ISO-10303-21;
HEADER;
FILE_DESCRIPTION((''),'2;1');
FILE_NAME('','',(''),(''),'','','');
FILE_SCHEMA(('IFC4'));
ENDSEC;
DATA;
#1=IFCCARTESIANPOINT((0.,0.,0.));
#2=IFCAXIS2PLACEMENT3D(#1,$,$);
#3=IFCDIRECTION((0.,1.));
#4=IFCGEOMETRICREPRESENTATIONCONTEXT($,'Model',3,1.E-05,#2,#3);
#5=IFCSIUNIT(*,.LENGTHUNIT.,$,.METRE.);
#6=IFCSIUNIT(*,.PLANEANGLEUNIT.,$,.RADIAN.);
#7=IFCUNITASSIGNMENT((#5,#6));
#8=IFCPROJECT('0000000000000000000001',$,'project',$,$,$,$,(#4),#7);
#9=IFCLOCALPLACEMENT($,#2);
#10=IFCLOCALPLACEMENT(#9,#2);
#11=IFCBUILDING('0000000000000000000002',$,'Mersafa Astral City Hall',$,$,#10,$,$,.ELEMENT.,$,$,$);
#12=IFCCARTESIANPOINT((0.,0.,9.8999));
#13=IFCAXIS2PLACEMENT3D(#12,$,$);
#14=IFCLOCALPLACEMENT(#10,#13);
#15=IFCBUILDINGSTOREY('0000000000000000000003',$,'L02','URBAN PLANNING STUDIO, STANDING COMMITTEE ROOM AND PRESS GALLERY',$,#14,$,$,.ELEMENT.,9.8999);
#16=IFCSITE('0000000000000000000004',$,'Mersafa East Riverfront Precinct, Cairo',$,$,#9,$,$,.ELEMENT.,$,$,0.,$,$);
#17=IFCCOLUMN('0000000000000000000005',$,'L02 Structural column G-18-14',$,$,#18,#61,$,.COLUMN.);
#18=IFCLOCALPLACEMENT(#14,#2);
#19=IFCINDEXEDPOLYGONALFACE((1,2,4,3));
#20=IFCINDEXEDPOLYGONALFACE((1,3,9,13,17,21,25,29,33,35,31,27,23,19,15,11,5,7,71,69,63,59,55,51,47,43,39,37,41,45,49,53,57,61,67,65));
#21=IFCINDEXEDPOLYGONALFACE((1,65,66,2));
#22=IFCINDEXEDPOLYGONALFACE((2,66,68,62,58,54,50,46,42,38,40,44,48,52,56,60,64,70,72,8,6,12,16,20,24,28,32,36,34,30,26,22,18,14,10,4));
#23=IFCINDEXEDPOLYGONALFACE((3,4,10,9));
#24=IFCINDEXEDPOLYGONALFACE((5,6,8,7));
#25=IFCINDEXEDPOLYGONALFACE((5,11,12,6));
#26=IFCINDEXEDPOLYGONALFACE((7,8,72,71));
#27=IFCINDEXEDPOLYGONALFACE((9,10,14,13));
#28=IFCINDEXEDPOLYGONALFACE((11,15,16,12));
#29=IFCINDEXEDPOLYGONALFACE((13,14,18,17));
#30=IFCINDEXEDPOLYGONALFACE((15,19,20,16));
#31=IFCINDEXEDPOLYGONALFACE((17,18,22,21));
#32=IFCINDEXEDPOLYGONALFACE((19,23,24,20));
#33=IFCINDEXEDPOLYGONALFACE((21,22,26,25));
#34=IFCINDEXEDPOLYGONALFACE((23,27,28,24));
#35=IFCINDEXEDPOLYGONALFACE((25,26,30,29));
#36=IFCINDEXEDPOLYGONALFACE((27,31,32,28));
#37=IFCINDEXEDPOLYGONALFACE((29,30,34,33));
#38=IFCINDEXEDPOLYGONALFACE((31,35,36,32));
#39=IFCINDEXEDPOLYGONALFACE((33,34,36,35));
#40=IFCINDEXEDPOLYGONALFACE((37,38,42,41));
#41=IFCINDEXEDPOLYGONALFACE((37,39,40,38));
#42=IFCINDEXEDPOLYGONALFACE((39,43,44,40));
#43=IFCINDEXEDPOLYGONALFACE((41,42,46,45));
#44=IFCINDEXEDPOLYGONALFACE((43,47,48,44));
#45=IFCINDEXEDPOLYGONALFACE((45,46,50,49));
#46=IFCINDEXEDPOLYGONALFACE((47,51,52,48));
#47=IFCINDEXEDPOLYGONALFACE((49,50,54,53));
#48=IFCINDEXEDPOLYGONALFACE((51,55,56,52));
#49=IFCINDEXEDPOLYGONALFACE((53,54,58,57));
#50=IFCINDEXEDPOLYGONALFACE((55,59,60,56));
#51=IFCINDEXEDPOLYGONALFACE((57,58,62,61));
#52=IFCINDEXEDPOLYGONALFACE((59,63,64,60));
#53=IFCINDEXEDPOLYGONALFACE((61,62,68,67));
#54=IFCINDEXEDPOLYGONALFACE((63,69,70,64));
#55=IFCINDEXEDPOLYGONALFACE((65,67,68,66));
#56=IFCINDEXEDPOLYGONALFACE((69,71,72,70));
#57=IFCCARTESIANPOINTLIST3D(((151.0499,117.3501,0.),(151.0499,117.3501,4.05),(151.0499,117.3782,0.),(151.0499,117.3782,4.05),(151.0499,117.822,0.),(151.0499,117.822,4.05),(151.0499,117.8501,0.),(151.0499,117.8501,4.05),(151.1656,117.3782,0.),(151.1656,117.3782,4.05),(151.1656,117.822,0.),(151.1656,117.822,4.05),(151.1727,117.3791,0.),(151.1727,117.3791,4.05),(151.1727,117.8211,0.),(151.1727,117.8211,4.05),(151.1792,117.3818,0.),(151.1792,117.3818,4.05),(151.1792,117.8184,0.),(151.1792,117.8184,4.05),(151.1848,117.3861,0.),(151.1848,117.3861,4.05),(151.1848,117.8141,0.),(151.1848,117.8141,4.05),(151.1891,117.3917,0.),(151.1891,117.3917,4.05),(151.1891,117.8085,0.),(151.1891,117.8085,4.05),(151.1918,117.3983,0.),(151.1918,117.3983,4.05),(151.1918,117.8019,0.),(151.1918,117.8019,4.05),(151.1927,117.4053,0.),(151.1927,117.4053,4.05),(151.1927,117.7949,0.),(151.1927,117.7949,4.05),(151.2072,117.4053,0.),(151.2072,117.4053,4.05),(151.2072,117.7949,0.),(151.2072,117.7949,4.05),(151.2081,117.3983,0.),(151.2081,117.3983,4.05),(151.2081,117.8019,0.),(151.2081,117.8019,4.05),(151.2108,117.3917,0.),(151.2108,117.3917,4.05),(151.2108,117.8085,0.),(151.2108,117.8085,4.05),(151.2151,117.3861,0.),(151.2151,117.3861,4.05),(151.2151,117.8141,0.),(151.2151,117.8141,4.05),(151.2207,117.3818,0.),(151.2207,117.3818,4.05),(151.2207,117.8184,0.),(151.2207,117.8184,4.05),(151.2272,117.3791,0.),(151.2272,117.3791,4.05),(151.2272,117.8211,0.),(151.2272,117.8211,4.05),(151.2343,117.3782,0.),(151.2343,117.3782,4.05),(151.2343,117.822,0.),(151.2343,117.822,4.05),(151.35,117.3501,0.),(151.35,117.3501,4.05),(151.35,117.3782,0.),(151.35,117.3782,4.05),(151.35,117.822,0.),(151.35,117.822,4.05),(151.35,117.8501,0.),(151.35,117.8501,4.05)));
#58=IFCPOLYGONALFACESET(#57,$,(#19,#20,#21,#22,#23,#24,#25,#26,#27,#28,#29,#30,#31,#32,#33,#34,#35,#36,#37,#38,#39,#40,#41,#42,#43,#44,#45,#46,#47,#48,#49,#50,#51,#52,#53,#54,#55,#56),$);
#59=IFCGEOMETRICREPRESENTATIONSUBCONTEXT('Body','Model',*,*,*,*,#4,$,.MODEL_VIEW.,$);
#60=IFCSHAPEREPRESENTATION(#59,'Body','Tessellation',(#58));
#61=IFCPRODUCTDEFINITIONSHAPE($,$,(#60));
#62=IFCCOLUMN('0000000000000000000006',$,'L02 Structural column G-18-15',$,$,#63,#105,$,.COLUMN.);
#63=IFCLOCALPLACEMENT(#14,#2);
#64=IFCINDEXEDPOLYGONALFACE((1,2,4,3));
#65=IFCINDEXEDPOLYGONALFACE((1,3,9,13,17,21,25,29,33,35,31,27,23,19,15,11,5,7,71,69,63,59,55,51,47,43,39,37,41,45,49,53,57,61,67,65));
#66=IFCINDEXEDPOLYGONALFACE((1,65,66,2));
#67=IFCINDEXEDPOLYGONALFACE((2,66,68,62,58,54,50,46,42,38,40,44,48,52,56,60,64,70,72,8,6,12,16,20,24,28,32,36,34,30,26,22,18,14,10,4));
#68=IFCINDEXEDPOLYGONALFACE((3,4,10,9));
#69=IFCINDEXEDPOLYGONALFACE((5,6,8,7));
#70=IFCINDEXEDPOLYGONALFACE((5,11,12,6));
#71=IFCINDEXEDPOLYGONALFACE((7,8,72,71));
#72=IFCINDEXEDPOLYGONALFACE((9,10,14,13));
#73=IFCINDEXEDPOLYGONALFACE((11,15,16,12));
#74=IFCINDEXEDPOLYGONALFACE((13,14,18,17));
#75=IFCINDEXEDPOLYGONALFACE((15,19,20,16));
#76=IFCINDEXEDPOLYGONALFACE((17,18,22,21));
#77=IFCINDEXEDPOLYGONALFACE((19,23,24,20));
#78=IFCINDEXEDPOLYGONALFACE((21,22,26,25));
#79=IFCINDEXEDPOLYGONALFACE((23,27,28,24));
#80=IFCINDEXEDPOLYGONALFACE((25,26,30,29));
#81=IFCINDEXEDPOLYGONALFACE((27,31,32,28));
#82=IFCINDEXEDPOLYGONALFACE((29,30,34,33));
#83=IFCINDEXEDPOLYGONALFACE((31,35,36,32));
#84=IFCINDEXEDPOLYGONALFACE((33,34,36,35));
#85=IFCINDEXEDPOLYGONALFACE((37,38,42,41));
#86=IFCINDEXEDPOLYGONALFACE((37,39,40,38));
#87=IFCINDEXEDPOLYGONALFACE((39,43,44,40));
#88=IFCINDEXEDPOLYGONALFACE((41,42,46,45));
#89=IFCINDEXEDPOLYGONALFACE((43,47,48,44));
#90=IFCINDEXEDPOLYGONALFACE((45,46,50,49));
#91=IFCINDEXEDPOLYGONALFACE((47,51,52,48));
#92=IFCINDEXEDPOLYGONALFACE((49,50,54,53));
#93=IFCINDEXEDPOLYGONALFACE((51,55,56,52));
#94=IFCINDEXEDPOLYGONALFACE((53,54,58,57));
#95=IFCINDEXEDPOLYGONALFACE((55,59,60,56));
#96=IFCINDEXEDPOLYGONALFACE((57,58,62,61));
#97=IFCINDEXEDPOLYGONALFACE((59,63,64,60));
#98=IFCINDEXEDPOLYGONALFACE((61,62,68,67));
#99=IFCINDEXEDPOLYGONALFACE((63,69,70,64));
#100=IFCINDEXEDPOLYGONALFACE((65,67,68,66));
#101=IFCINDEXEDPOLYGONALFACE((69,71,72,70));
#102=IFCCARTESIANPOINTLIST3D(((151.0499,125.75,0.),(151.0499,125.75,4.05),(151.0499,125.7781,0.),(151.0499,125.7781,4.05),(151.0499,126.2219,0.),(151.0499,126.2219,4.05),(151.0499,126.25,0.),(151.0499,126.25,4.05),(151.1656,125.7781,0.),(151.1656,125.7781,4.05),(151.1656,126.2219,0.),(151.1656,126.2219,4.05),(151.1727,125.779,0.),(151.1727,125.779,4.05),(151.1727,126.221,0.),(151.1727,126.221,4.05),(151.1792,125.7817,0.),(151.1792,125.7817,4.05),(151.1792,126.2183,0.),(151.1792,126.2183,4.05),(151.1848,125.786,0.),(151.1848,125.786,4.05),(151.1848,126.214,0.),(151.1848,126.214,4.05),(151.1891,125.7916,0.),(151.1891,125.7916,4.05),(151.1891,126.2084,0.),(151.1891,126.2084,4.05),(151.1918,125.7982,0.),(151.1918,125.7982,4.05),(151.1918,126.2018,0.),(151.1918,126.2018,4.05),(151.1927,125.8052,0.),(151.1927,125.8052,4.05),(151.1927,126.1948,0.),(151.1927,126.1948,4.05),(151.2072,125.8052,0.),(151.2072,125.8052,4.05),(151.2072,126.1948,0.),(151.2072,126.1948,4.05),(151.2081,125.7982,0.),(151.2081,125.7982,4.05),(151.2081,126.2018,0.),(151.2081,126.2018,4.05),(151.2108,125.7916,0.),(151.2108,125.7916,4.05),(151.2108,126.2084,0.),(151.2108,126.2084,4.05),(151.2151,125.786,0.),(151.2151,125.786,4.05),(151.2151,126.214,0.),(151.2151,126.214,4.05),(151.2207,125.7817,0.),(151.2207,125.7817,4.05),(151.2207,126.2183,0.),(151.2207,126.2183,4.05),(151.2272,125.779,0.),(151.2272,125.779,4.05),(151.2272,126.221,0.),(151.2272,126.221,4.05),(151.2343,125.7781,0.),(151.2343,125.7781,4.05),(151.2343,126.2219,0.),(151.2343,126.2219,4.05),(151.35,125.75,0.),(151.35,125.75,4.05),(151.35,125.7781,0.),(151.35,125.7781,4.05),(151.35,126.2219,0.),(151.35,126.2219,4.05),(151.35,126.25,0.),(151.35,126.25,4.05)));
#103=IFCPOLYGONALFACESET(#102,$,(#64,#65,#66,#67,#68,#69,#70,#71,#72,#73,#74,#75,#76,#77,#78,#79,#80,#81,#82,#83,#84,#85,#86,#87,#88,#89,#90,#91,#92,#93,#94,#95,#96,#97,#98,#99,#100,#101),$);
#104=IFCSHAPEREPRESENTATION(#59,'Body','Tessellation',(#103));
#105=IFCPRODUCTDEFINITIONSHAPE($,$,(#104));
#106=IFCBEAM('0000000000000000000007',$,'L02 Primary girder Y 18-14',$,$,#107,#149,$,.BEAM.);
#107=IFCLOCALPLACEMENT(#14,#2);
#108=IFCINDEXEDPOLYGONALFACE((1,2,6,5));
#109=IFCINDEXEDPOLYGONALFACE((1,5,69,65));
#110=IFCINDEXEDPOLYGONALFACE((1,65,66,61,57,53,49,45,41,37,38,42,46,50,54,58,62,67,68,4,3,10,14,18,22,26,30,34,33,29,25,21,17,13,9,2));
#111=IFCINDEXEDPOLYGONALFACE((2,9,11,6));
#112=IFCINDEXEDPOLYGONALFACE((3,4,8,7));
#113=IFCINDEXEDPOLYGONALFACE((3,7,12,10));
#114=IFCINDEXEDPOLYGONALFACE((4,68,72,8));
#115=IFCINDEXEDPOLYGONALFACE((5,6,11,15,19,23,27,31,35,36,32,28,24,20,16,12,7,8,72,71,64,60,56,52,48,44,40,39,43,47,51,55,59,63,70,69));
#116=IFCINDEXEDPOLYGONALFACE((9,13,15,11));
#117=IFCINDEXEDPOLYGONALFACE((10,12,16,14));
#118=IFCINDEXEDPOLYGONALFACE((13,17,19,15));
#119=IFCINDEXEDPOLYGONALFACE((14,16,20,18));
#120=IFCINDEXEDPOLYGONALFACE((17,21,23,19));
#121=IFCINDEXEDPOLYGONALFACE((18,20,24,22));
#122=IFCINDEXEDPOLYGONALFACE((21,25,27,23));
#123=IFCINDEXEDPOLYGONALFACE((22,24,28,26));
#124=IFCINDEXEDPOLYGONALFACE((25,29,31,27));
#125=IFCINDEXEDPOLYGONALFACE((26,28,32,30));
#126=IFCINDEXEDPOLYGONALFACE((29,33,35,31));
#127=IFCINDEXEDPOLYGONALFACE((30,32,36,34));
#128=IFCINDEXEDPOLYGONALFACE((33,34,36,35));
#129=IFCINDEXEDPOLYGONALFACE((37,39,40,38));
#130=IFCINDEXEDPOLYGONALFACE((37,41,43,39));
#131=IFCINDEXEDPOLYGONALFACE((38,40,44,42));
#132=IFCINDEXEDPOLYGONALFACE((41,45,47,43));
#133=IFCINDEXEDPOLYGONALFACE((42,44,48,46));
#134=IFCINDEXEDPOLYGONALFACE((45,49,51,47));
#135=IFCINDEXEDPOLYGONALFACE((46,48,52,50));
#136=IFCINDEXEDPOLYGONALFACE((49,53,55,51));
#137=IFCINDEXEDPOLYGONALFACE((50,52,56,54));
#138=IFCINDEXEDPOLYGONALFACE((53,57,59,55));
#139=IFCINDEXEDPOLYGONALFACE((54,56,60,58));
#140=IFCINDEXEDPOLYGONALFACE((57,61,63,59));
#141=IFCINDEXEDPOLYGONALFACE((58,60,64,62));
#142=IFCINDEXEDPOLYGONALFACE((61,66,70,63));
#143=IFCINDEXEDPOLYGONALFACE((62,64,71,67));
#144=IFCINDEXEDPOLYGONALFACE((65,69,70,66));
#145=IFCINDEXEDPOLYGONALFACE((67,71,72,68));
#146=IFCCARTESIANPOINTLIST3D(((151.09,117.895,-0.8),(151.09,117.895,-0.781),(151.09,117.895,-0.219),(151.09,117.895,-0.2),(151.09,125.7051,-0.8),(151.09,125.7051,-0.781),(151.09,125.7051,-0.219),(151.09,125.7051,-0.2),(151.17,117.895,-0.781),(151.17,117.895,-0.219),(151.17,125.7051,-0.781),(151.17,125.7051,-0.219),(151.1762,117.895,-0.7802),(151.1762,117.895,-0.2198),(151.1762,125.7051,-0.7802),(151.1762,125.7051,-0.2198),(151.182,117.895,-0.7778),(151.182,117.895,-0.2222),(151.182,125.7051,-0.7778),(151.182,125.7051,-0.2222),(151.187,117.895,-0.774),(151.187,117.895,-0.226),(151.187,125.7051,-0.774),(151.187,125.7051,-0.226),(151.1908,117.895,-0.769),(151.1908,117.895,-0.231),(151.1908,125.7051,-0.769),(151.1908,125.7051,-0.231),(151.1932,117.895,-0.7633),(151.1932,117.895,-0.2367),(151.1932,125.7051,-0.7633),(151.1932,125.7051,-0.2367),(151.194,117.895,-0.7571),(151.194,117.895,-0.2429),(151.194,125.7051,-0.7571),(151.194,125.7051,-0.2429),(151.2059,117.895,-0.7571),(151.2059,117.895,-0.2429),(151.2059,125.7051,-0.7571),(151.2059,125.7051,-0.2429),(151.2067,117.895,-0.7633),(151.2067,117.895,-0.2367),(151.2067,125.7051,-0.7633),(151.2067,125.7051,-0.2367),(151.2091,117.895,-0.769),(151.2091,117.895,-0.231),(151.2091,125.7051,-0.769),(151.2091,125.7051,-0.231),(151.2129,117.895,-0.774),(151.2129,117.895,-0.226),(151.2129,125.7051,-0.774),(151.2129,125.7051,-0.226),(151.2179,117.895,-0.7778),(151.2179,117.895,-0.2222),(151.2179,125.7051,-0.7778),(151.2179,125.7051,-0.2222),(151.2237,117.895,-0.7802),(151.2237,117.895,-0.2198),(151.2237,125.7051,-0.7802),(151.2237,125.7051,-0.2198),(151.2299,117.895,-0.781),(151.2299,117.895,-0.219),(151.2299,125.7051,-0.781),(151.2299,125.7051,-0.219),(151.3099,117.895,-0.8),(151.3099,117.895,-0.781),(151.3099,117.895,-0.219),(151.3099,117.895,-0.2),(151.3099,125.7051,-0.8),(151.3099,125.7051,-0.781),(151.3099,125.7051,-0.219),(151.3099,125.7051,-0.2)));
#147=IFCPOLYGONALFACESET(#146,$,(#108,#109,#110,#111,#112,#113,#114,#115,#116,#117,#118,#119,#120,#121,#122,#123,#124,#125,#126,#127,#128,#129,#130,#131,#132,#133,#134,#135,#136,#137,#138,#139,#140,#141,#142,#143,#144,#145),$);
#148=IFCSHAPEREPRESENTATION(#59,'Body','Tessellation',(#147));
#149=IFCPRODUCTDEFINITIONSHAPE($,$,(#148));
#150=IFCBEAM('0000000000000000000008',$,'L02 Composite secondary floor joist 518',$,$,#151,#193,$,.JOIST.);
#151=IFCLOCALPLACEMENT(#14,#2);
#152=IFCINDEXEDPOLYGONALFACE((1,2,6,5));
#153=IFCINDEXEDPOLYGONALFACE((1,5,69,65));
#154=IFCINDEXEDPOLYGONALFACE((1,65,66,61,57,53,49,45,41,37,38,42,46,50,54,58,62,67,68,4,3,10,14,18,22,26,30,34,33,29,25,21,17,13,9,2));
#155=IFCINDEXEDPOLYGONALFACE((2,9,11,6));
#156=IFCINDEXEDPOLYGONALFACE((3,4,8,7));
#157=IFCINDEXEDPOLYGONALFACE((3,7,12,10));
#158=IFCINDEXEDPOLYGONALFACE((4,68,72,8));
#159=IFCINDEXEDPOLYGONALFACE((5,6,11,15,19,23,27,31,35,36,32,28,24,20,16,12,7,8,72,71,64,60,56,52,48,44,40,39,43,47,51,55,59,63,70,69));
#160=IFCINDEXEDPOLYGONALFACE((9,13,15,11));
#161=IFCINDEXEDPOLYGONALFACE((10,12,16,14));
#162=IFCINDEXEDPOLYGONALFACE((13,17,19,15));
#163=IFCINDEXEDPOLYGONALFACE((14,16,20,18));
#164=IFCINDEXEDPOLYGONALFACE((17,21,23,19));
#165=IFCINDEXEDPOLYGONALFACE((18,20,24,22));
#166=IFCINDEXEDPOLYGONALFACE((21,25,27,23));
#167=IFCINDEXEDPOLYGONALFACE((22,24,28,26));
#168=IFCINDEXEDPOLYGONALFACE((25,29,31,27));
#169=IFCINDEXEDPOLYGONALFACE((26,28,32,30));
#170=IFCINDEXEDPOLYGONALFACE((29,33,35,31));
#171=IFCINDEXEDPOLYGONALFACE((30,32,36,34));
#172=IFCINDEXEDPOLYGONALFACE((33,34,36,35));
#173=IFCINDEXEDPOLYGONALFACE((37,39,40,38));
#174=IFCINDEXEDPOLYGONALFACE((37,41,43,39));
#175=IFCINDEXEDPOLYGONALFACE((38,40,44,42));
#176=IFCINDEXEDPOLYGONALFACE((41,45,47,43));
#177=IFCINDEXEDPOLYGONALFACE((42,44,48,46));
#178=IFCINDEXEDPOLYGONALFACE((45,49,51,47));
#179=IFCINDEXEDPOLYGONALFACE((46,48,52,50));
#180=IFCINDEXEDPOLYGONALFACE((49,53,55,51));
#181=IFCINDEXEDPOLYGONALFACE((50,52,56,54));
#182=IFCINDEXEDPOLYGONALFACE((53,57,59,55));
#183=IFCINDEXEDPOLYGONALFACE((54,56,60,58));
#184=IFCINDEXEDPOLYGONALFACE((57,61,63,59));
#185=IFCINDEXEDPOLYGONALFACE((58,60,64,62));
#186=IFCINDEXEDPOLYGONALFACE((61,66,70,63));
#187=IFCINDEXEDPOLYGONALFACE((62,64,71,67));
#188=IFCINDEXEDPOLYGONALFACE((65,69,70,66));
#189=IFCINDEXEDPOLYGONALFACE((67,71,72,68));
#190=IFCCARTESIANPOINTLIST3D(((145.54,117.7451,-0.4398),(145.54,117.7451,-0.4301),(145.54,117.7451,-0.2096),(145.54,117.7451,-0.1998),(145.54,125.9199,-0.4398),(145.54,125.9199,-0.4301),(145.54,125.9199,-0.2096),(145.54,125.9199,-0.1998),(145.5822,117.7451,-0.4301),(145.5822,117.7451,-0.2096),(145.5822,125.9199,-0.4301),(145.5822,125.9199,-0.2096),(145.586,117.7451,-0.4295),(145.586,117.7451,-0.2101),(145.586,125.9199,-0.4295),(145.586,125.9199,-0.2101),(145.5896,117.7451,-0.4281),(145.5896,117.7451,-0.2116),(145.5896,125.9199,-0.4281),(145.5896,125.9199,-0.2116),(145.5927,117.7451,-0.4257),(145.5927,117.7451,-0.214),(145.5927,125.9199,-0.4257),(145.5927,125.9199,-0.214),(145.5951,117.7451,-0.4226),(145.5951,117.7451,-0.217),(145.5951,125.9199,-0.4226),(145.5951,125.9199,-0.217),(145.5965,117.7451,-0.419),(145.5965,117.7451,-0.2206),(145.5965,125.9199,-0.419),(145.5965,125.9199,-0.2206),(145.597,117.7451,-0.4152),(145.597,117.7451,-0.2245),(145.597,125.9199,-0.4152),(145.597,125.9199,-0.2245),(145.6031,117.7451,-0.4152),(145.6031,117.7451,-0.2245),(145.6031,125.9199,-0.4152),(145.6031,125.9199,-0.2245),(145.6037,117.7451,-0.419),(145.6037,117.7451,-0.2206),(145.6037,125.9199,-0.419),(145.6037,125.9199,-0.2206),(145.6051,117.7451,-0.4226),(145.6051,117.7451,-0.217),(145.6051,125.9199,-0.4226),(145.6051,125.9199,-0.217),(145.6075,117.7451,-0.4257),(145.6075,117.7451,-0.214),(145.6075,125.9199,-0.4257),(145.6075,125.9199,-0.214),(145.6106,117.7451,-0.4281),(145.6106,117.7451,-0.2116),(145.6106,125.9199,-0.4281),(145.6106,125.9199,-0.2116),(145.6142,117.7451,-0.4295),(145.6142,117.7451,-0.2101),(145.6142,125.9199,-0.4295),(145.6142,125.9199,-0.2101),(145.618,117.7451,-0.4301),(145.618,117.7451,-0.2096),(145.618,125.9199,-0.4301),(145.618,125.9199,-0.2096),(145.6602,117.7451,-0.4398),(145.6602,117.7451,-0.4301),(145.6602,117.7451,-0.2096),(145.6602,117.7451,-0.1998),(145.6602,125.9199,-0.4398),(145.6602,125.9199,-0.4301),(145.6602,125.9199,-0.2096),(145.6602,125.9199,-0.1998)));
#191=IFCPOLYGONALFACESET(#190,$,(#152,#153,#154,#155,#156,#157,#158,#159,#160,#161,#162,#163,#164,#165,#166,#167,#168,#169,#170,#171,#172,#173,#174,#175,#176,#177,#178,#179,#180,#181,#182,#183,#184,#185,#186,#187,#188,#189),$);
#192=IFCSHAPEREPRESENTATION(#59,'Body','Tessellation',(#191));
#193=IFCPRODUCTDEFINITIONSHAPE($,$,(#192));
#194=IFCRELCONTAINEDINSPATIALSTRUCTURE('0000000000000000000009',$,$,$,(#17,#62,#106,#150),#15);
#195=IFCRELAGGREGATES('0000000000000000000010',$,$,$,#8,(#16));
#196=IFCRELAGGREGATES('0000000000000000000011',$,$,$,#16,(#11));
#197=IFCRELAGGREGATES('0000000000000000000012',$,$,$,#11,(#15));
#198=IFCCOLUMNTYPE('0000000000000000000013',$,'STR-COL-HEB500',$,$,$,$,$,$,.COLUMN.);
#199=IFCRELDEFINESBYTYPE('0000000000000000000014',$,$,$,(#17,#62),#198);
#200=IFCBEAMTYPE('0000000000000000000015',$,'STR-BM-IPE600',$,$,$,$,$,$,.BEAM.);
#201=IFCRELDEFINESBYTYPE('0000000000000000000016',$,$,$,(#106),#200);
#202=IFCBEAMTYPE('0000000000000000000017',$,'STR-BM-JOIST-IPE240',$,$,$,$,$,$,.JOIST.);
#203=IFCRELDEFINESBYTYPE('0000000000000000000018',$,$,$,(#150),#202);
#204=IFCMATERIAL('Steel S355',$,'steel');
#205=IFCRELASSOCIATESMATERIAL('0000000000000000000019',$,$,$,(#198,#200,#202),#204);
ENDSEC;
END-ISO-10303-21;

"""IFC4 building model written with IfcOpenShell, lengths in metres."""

from ifc_helpers import new_model, si_unit, direction, frame, origin, origin_2d, place, context, subcontext, project, spatial, i_section, extrude, material, material_profile, profile_set, type_object, element, save


model = new_model("IFC4")

# Units and contexts
model_context = context("Model", 3, precision=1e-05, world=origin(), true_north=direction((0.0, 1.0)))
body_context = subcontext(model_context, "Body", "Model", "MODEL_VIEW")
ifc_project = project(units=[si_unit("LENGTHUNIT", "METRE"), si_unit("PLANEANGLEUNIT", "RADIAN")], contexts=[model_context])

# Site, building, storey
site_placement = place(None, origin())
site = spatial("IfcSite", under=ifc_project, at=site_placement, Name="Mersafa East Riverfront Precinct, Cairo", CompositionType="ELEMENT", RefElevation=0.0)
building_placement = place(site_placement, origin())
building = spatial("IfcBuilding", under=site, at=building_placement, Name="Mersafa Astral City Hall", CompositionType="ELEMENT")
storey_placement = place(building_placement, frame((0.0, 0.0, 9.8999)))
storey = spatial("IfcBuildingStorey", under=building, at=storey_placement, Name="L02", Description="URBAN PLANNING STUDIO, STANDING COMMITTEE ROOM AND PRESS GALLERY", CompositionType="ELEMENT", Elevation=9.8999)

# Columns
ifc_material_1 = material(Name="Steel S355", Category="steel")
ifc_material_profile_1 = material_profile(ifc_material_1, i_section(OverallWidth=0.3, OverallDepth=0.5, WebThickness=0.0144, FlangeThickness=0.0281, FilletRadius=0.0271, at=origin_2d()), Name="HEB 500")
ifc_profile_set_1 = profile_set([ifc_material_profile_1], Name="Steel S355")
column_type = type_object("IfcColumnType", Name="STR-COL-HEB500", PredefinedType="COLUMN", material=ifc_profile_set_1)
for number, where, z_axis, x_axis, name in (
    (1, (151.2, 117.6001, 0.0), (0.0, 0.0, 1.0), (1.0, 0.0, 0.0), "L02 Structural column G-18-14"),
    (2, (151.2, 126.0, 0.0), (0.0, 0.0, 1.0), (1.0, 0.0, 0.0), "L02 Structural column G-18-15"),
):
    element("IfcColumn", number, at=place(storey_placement, frame(where, z_axis=z_axis, x_axis=x_axis)), inside=storey, type_object=column_type, Name=name, PredefinedType="COLUMN", context=body_context, shape_type="SweptSolid", body=[
        extrude(i_section(OverallWidth=0.3, OverallDepth=0.5, WebThickness=0.0144, FlangeThickness=0.0281, FilletRadius=0.0271, at=origin_2d()), origin(), (0.0, 0.0, 1.0), 4.05),
    ])

# Beams
ifc_material_profile_2 = material_profile(ifc_material_1, i_section(OverallWidth=0.22, OverallDepth=0.6001, WebThickness=0.012, FlangeThickness=0.019, FilletRadius=0.0239, at=origin_2d()), Name="IPE 600")
ifc_profile_set_2 = profile_set([ifc_material_profile_2], Name="Steel S355")
beam_type_1 = type_object("IfcBeamType", Name="STR-BM-IPE600", PredefinedType="BEAM", material=ifc_profile_set_2)
beam_1_placement = place(storey_placement, frame((151.2, 117.895, -0.5), z_axis=(0.0, 1.0, 0.0), x_axis=(-1.0, 0.0, 0.0)))
element("IfcBeam", 3, at=beam_1_placement, inside=storey, type_object=beam_type_1, Name="L02 Primary girder Y 18-14", PredefinedType="BEAM", context=body_context, shape_type="SweptSolid", body=[
    extrude(i_section(OverallWidth=0.22, OverallDepth=0.6001, WebThickness=0.012, FlangeThickness=0.019, FilletRadius=0.0239, at=origin_2d()), origin(), (0.0, 0.0, 1.0), 7.8101),
])
ifc_material_profile_3 = material_profile(ifc_material_1, i_section(OverallWidth=0.1201, OverallDepth=0.24, WebThickness=0.0061, FlangeThickness=0.0098, FilletRadius=0.0149, at=origin_2d()), Name="IPE 240")
ifc_profile_set_3 = profile_set([ifc_material_profile_3], Name="Steel S355")
beam_type_2 = type_object("IfcBeamType", Name="STR-BM-JOIST-IPE240", PredefinedType="JOIST", material=ifc_profile_set_3)
for number, where, z_axis, x_axis, name in (
    (4, (145.6001, 117.7451, -0.3198), (0.0, 1.0, 0.0), (-1.0, 0.0, 0.0), "L02 Composite secondary floor joist 518"),
):
    element("IfcBeam", number, at=place(storey_placement, frame(where, z_axis=z_axis, x_axis=x_axis)), inside=storey, type_object=beam_type_2, Name=name, PredefinedType="JOIST", context=body_context, shape_type="SweptSolid", body=[
        extrude(i_section(OverallWidth=0.1201, OverallDepth=0.24, WebThickness=0.0061, FlangeThickness=0.0098, FilletRadius=0.0149, at=origin_2d()), origin(), (0.0, 0.0, 1.0), 8.1748),
    ])

save(model, "model.ifc")
